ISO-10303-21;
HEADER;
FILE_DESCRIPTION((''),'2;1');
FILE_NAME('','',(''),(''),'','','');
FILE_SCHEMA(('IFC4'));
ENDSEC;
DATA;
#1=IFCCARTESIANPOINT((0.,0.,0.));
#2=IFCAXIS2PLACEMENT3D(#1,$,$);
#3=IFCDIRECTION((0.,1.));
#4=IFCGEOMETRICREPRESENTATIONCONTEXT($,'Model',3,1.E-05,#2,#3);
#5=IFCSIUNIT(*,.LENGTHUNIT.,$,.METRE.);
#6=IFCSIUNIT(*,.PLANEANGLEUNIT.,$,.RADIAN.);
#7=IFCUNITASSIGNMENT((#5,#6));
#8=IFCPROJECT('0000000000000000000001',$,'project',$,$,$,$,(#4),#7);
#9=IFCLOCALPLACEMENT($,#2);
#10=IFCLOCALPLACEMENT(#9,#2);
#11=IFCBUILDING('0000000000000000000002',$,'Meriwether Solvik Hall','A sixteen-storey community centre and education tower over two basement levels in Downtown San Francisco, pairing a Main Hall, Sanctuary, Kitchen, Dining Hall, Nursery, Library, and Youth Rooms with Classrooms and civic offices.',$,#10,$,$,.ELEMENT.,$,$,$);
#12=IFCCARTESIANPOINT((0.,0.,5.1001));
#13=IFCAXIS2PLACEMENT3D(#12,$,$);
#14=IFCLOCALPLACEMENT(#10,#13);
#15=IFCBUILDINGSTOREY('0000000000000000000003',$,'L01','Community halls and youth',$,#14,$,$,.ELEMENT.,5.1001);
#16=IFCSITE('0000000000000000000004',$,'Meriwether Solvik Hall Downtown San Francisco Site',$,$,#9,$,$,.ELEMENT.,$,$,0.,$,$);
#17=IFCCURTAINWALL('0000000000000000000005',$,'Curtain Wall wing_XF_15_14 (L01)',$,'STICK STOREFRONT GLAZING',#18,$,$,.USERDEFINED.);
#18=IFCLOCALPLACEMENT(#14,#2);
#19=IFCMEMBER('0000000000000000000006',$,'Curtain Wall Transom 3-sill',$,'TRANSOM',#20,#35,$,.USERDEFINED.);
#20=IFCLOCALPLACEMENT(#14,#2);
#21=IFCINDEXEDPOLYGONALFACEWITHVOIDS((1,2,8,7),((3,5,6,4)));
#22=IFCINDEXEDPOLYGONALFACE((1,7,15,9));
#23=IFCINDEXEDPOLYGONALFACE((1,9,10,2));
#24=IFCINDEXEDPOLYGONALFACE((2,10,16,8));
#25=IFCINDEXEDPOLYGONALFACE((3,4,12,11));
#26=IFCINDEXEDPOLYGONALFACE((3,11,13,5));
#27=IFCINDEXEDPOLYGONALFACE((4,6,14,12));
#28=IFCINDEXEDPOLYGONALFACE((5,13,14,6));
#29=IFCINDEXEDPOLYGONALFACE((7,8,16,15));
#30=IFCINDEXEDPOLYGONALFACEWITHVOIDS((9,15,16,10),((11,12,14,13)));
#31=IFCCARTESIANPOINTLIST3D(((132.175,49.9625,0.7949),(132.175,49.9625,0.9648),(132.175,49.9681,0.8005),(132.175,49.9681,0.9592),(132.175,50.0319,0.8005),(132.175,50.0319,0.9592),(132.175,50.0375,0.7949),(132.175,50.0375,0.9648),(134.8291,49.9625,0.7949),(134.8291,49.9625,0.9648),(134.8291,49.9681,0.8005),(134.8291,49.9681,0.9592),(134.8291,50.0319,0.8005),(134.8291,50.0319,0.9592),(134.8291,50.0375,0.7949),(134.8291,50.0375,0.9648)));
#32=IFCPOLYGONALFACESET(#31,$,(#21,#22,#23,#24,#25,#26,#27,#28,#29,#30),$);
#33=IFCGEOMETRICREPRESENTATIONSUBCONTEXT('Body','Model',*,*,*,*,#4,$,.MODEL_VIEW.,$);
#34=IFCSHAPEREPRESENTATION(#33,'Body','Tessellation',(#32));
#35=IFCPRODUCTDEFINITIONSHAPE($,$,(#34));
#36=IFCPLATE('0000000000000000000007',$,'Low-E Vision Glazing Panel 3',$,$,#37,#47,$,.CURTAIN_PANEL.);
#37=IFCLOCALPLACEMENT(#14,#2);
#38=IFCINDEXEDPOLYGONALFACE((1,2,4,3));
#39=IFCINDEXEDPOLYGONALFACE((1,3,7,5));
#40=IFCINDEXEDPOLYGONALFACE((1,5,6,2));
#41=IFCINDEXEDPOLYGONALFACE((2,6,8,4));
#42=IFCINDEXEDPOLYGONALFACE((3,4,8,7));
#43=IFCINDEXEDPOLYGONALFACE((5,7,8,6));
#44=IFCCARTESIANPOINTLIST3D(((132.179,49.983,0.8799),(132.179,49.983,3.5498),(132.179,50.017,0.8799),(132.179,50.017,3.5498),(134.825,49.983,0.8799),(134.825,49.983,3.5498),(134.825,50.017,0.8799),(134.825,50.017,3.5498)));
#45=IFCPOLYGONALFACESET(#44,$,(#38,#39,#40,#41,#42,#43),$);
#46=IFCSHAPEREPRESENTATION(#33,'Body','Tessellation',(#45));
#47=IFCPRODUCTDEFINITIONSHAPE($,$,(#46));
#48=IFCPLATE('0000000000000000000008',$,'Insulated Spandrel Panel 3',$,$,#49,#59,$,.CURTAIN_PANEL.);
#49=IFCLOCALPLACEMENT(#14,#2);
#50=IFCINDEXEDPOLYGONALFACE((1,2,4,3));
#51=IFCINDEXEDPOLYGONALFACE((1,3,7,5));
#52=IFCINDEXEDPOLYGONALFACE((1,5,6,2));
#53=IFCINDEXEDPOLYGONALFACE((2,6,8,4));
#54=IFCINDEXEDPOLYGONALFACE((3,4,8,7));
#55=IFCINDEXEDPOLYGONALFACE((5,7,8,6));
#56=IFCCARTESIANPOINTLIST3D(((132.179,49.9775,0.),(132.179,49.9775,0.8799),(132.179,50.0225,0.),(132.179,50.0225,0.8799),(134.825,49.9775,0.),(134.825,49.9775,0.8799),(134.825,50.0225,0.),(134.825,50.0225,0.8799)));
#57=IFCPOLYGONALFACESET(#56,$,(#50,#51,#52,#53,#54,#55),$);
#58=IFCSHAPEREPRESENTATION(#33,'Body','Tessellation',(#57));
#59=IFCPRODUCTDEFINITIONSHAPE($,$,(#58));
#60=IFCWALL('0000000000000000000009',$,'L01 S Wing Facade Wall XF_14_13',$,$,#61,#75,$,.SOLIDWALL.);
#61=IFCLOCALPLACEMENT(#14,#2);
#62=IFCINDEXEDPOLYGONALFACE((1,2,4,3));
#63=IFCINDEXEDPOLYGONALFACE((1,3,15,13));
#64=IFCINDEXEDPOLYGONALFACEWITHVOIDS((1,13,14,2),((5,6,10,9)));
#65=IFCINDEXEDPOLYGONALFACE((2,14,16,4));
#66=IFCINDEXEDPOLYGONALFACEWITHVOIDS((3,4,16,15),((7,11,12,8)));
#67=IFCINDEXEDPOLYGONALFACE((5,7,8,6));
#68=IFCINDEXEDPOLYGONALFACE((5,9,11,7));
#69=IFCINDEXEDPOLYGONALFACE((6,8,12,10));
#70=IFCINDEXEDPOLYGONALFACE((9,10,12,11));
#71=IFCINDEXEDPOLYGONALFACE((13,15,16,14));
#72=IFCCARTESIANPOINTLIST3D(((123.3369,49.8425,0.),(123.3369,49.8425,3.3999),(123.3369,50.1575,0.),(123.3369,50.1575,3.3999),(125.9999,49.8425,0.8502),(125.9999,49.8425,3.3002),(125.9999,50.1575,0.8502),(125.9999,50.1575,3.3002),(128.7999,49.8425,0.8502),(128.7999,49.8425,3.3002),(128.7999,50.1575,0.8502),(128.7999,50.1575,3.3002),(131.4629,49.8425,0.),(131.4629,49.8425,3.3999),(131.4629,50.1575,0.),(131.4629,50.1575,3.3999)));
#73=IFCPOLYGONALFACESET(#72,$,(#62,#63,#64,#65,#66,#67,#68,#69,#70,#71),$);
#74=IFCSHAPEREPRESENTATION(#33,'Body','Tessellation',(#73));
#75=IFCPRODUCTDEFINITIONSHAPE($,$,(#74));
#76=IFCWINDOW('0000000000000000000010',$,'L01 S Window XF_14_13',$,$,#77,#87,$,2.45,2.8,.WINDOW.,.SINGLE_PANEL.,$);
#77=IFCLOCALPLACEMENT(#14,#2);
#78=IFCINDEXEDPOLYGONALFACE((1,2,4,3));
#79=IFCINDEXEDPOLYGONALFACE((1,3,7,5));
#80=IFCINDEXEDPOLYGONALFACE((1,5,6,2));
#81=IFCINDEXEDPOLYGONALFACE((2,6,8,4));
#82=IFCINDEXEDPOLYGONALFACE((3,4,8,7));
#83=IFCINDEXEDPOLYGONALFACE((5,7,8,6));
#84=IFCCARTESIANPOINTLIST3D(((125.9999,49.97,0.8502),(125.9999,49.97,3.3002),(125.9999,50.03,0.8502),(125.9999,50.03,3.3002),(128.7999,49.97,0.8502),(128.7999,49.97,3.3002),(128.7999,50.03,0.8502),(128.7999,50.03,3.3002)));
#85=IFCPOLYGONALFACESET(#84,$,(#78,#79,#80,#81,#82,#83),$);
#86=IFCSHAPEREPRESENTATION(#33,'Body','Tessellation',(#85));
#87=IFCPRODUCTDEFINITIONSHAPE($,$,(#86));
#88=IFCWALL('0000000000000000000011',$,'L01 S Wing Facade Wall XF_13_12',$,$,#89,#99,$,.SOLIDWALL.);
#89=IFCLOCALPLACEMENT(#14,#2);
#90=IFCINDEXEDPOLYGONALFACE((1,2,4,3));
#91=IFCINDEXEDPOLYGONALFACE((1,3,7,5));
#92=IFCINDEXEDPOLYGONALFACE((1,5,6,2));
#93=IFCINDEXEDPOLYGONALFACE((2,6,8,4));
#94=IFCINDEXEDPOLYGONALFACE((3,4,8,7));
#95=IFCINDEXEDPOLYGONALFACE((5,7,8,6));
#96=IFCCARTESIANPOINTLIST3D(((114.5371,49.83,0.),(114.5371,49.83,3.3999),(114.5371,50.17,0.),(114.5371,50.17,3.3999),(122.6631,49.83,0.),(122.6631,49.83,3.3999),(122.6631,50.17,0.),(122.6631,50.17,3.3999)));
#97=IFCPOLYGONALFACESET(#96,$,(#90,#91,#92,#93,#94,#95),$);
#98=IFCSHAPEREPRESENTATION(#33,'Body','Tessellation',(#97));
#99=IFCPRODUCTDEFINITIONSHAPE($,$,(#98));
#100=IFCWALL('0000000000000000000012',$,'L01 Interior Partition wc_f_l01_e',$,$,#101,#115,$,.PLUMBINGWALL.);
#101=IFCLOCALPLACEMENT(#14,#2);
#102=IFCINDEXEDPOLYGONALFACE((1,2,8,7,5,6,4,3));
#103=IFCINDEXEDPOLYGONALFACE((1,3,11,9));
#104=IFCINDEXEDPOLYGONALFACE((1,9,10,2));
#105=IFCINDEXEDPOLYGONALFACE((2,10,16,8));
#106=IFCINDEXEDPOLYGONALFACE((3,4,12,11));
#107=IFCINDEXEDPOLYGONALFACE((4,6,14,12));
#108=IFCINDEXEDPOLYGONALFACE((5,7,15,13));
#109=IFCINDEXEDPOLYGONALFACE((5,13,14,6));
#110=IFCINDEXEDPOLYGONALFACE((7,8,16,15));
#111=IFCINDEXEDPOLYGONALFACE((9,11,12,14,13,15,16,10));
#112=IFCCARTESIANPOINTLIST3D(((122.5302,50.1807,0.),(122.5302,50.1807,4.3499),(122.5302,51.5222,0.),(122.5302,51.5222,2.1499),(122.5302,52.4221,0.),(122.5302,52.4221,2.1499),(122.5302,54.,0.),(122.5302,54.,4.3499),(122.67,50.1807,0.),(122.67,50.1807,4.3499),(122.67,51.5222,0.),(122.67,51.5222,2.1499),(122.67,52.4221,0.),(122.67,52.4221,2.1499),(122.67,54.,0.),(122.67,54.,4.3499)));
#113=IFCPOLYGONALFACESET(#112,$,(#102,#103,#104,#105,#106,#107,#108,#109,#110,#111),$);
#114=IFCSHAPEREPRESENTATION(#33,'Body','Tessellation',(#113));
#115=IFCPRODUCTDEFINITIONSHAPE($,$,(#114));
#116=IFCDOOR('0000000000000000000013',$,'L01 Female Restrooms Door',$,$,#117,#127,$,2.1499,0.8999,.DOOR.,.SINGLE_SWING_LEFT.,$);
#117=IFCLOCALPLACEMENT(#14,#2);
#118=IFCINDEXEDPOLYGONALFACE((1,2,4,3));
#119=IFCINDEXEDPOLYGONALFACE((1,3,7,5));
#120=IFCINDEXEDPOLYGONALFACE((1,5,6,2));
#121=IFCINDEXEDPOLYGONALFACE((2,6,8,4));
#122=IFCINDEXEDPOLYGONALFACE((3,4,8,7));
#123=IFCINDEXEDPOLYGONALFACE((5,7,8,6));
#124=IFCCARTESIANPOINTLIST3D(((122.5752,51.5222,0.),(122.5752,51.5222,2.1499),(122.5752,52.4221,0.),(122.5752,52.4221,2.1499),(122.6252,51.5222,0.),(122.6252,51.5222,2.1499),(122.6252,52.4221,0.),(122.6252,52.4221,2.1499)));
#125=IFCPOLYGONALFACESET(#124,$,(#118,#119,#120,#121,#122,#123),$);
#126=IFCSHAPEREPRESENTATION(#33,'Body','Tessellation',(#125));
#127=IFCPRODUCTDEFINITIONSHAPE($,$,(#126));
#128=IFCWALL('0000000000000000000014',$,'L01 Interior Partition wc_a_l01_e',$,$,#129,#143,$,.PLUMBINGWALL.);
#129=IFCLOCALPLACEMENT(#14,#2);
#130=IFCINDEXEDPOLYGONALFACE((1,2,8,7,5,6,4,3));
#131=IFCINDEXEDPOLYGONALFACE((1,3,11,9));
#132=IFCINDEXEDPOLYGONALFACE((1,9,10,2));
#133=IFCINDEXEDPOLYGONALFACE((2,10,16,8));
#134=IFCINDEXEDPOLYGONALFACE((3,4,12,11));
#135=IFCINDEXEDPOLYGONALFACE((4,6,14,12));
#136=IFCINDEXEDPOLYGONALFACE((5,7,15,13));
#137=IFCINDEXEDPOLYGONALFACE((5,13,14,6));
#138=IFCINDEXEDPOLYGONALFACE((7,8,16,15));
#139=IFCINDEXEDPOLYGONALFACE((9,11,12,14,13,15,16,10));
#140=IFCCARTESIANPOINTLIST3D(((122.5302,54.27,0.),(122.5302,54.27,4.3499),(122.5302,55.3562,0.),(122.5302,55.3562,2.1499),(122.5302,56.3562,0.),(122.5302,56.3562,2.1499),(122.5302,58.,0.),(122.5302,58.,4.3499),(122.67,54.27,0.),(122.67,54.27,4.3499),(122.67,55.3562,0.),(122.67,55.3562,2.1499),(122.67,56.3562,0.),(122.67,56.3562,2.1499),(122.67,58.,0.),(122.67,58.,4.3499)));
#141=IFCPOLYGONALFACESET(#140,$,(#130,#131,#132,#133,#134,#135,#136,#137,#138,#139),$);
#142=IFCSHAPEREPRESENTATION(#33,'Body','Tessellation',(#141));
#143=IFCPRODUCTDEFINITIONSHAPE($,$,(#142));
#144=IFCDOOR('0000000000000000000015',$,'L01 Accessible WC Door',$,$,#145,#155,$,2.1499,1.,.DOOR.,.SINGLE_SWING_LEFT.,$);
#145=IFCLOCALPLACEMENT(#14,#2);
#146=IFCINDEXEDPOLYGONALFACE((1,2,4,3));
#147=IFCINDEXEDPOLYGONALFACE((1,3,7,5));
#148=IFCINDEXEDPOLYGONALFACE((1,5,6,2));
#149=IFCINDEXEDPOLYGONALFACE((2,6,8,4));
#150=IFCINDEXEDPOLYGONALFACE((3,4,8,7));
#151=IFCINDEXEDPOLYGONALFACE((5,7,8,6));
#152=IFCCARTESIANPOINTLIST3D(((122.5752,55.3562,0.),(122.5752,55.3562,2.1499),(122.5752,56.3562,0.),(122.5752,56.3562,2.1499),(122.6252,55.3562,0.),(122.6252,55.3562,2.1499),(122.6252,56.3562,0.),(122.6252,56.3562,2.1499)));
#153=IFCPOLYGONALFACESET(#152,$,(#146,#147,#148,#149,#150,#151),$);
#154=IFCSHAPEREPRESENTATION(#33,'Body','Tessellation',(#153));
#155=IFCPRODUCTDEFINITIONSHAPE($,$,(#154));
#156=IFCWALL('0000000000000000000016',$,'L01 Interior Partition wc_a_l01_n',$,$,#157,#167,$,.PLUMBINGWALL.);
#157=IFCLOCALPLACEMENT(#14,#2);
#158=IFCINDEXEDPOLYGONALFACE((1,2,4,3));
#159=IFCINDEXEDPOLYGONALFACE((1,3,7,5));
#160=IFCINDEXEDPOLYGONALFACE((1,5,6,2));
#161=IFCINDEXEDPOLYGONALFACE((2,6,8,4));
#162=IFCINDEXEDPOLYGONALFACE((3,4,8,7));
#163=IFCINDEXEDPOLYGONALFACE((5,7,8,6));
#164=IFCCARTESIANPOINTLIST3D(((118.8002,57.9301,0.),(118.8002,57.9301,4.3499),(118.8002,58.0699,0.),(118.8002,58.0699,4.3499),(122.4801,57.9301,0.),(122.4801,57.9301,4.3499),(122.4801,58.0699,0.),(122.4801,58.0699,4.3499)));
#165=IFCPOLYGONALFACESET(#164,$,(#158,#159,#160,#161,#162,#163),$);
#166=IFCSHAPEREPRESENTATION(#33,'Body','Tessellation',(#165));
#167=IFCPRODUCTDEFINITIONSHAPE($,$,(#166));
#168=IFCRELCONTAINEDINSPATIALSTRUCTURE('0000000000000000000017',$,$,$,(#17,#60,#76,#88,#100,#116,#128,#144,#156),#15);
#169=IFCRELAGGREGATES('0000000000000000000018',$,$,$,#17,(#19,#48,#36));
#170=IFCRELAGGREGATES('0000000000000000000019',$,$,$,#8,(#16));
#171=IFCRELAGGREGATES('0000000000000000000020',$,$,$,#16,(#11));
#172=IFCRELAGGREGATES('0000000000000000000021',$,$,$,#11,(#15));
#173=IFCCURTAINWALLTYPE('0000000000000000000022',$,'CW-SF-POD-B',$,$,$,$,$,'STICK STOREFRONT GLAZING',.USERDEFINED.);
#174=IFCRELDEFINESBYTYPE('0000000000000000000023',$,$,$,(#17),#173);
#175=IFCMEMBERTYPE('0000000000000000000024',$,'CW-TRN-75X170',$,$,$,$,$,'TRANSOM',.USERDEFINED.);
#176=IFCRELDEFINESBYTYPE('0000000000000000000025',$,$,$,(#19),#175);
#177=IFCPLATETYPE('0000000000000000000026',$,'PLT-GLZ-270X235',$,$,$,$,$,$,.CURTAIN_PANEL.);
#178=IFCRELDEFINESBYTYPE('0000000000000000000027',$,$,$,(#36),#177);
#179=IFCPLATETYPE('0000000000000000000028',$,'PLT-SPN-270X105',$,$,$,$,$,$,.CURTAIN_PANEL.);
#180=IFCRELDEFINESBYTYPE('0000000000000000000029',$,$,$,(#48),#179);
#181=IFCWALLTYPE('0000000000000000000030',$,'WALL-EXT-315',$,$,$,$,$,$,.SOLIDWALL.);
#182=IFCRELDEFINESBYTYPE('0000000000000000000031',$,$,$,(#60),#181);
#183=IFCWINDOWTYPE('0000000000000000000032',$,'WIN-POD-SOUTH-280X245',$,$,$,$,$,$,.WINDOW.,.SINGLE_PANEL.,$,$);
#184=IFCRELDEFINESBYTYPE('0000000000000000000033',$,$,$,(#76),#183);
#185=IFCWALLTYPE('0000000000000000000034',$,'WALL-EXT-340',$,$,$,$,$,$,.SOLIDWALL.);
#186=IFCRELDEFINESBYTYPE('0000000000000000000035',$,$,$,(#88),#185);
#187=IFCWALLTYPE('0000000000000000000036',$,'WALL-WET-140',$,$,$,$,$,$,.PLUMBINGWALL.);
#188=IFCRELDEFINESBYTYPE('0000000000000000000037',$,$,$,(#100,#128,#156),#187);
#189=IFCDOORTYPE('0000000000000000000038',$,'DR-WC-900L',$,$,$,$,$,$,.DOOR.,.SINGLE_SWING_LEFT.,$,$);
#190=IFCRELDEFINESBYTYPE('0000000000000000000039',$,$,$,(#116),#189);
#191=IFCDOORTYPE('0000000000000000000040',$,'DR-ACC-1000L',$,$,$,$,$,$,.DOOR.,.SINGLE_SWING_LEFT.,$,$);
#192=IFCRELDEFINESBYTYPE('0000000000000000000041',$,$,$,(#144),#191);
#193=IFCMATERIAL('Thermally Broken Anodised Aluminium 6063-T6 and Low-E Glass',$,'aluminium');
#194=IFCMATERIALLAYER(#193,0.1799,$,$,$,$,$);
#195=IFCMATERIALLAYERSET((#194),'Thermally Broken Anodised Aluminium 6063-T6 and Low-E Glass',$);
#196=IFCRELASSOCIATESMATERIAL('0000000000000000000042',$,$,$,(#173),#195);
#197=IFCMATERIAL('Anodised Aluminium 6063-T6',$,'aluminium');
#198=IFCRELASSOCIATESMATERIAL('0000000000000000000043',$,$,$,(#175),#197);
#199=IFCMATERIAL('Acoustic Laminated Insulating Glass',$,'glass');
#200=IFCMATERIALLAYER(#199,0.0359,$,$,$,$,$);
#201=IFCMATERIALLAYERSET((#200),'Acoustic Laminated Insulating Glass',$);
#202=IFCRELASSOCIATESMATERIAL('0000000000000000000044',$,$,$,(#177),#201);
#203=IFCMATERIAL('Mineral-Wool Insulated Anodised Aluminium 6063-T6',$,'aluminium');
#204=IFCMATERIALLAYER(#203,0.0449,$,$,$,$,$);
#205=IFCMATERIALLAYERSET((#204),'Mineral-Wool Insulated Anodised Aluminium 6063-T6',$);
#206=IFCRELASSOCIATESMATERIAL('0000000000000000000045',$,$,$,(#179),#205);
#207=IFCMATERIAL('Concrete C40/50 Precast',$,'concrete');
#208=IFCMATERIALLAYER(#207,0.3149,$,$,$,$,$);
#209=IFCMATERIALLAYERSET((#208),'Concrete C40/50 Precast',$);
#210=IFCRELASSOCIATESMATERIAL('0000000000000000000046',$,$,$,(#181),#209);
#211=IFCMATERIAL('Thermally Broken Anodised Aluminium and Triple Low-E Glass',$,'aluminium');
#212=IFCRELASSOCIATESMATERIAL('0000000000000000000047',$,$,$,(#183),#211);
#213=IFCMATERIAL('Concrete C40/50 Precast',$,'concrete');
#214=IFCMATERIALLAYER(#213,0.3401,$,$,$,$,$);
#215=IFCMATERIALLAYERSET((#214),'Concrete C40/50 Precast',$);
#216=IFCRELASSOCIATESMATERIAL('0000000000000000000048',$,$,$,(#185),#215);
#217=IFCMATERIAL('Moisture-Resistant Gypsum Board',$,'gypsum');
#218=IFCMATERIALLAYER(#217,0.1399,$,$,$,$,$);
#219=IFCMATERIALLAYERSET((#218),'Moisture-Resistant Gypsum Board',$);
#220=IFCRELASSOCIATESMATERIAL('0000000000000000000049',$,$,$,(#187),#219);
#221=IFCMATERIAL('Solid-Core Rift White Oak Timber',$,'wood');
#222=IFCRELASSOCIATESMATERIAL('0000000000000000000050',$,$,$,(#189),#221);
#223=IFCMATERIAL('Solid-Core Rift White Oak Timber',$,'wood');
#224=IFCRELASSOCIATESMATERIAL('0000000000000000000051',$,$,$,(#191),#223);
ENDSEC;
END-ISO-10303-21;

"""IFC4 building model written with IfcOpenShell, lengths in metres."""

from ifc_helpers import new_model, si_unit, direction, frame, frame_2d, origin, origin_2d, place, context, subcontext, project, spatial, rectangle, hollow_rectangle, extrude, material, layer, layer_set, material_profile, profile_set, type_object, element, fill, aggregate, save


model = new_model("IFC4")

# Units and contexts
model_context = context("Model", 3, precision=1e-05, world=origin(), true_north=direction((0.0, 1.0)))
body_context = subcontext(model_context, "Body", "Model", "MODEL_VIEW")
ifc_project = project(units=[si_unit("LENGTHUNIT", "METRE"), si_unit("PLANEANGLEUNIT", "RADIAN")], contexts=[model_context])

# Site, building, storey
site_placement = place(None, origin())
site = spatial("IfcSite", under=ifc_project, at=site_placement, Name="Meriwether Solvik Hall Downtown San Francisco Site", CompositionType="ELEMENT", RefElevation=0.0)
building_placement = place(site_placement, origin())
building = spatial("IfcBuilding", under=site, at=building_placement, Name="Meriwether Solvik Hall", Description="A sixteen-storey community centre and education tower over two basement levels in Downtown San Francisco, pairing a Main Hall, Sanctuary, Kitchen, Dining Hall, Nursery, Library, and Youth Rooms with Classrooms and civic offices.", CompositionType="ELEMENT")
storey_placement = place(building_placement, frame((0.0, 0.0, 5.1001)))
storey = spatial("IfcBuildingStorey", under=building, at=storey_placement, Name="L01", Description="Community halls and youth", CompositionType="ELEMENT", Elevation=5.1001)

# Curtain wall, member, plates
ifc_material_1 = material(Name="Thermally Broken Anodised Aluminium 6063-T6 and Low-E Glass", Category="aluminium")
ifc_layer_1 = layer(ifc_material_1, 0.1799)
ifc_layer_set_1 = layer_set([ifc_layer_1], Name="Thermally Broken Anodised Aluminium 6063-T6 and Low-E Glass")
curtain_wall_type = type_object("IfcCurtainWallType", Name="CW-SF-POD-B", ElementType="STICK STOREFRONT GLAZING", PredefinedType="USERDEFINED", material=ifc_layer_set_1)
curtain_wall_placement = place(storey_placement, origin())
curtain_wall = element("IfcCurtainWall", 1, at=curtain_wall_placement, inside=storey, type_object=curtain_wall_type, Name="Curtain Wall wing_XF_15_14 (L01)", ObjectType="STICK STOREFRONT GLAZING", PredefinedType="USERDEFINED")
ifc_material_2 = material(Name="Anodised Aluminium 6063-T6", Category="aluminium")
ifc_material_profile_1 = material_profile(ifc_material_2, hollow_rectangle(XDim=0.075, YDim=0.1699, WallThickness=0.0056, at=origin_2d()), Name="CWT-75X170")
ifc_profile_set_1 = profile_set([ifc_material_profile_1], Name="Anodised Aluminium 6063-T6")
member_type_1 = type_object("IfcMemberType", Name="CW-TRN-75X170", ElementType="TRANSOM", PredefinedType="USERDEFINED", material=ifc_profile_set_1)
member_1_placement = place(storey_placement, frame((134.8291, 50.0, 0.8799), z_axis=(-1.0, 0.0, 0.0), x_axis=(0.0, -1.0, 0.0)))
member_1 = element("IfcMember", 2, at=member_1_placement, type_object=member_type_1, Name="Curtain Wall Transom 3-sill", ObjectType="TRANSOM", PredefinedType="USERDEFINED", context=body_context, shape_type="SweptSolid", body=[
    extrude(hollow_rectangle(XDim=0.075, YDim=0.1699, WallThickness=0.0056, at=origin_2d()), origin(), (0.0, 0.0, 1.0), 2.6541),
])
ifc_material_3 = material(Name="Acoustic Laminated Insulating Glass", Category="glass")
ifc_layer_2 = layer(ifc_material_3, 0.0359)
ifc_layer_set_2 = layer_set([ifc_layer_2], Name="Acoustic Laminated Insulating Glass")
plate_type_1 = type_object("IfcPlateType", Name="PLT-GLZ-270X235", PredefinedType="CURTAIN_PANEL", material=ifc_layer_set_2)
plate_1_placement = place(storey_placement, frame((133.502, 50.0, 0.8799), z_axis=(0.0, 0.0, 1.0), x_axis=(-1.0, 0.0, 0.0)))
plate_1 = element("IfcPlate", 3, at=plate_1_placement, type_object=plate_type_1, Name="Low-E Vision Glazing Panel 3", PredefinedType="CURTAIN_PANEL", context=body_context, shape_type="SweptSolid", body=[
    extrude(rectangle(XDim=2.646, YDim=0.0339, at=origin_2d()), origin(), (0.0, 0.0, 1.0), 2.6699),
])
ifc_material_4 = material(Name="Mineral-Wool Insulated Anodised Aluminium 6063-T6", Category="aluminium")
ifc_layer_3 = layer(ifc_material_4, 0.0449)
ifc_layer_set_3 = layer_set([ifc_layer_3], Name="Mineral-Wool Insulated Anodised Aluminium 6063-T6")
plate_type_2 = type_object("IfcPlateType", Name="PLT-SPN-270X105", PredefinedType="CURTAIN_PANEL", material=ifc_layer_set_3)
plate_2_placement = place(storey_placement, frame((133.502, 50.0, 0.0), z_axis=(0.0, 0.0, 1.0), x_axis=(-1.0, 0.0, 0.0)))
plate_2 = element("IfcPlate", 4, at=plate_2_placement, type_object=plate_type_2, Name="Insulated Spandrel Panel 3", PredefinedType="CURTAIN_PANEL", context=body_context, shape_type="SweptSolid", body=[
    extrude(rectangle(XDim=2.646, YDim=0.0449, at=origin_2d()), origin(), (0.0, 0.0, 1.0), 0.8799),
])
aggregate(curtain_wall, [member_1, plate_2, plate_1])

# Wall, opening, window
ifc_material_5 = material(Name="Concrete C40/50 Precast", Category="concrete")
ifc_layer_4 = layer(ifc_material_5, 0.3149)
ifc_layer_set_4 = layer_set([ifc_layer_4], Name="Concrete C40/50 Precast")
wall_type_1 = type_object("IfcWallType", Name="WALL-EXT-315", PredefinedType="SOLIDWALL", material=ifc_layer_set_4)
wall_1_placement = place(storey_placement, frame((131.4629, 50.0, 0.0), z_axis=(0.0, 0.0, 1.0), x_axis=(-1.0, 0.0, 0.0)))
wall_1 = element("IfcWall", 5, at=wall_1_placement, inside=storey, type_object=wall_type_1, Name="L01 S Wing Facade Wall XF_14_13", PredefinedType="SOLIDWALL", context=body_context, shape_type="SweptSolid", body=[
    extrude(rectangle(XDim=8.126, YDim=0.3149, at=frame_2d((4.063, 0.0))), origin(), (0.0, 0.0, 1.0), 3.3999),
])
opening_1_placement = place(wall_1_placement, frame((2.6631, 0.0, 0.8501)))
opening_1 = element("IfcOpeningElement", 6, at=opening_1_placement, cuts=wall_1, PredefinedType="OPENING", context=body_context, shape_type="SweptSolid", body=[
    extrude(rectangle(XDim=2.8, YDim=2.45, at=frame_2d((1.3999, 1.2251))), frame((0.0, 0.1694, 0.0), z_axis=(0.0, -1.0, 0.0), x_axis=(1.0, 0.0, 0.0)), (0.0, 0.0, 1.0), 0.3389),
])
ifc_material_6 = material(Name="Thermally Broken Anodised Aluminium and Triple Low-E Glass", Category="aluminium")
window_type = type_object("IfcWindowType", Name="WIN-POD-SOUTH-280X245", PartitioningType="SINGLE_PANEL", PredefinedType="WINDOW", material=ifc_material_6)
window_placement = place(opening_1_placement, origin())
window = element("IfcWindow", 7, at=window_placement, inside=storey, type_object=window_type, Name="L01 S Window XF_14_13", OverallHeight=2.45, OverallWidth=2.8, PartitioningType="SINGLE_PANEL", PredefinedType="WINDOW", context=body_context, shape_type="SweptSolid", body=[
    extrude(rectangle(XDim=2.8, YDim=2.45, at=frame_2d((1.3999, 1.2251))), frame((0.0, 0.03, 0.0), z_axis=(0.0, -1.0, 0.0), x_axis=(1.0, 0.0, 0.0)), (0.0, 0.0, 1.0), 0.0601),
])
fill(opening_1, window)

# Wall
ifc_material_7 = material(Name="Concrete C40/50 Precast", Category="concrete")
ifc_layer_5 = layer(ifc_material_7, 0.3401)
ifc_layer_set_5 = layer_set([ifc_layer_5], Name="Concrete C40/50 Precast")
wall_type_2 = type_object("IfcWallType", Name="WALL-EXT-340", PredefinedType="SOLIDWALL", material=ifc_layer_set_5)
wall_2_placement = place(storey_placement, frame((122.6631, 50.0, 0.0), z_axis=(0.0, 0.0, 1.0), x_axis=(-1.0, 0.0, 0.0)))
element("IfcWall", 8, at=wall_2_placement, inside=storey, type_object=wall_type_2, Name="L01 S Wing Facade Wall XF_13_12", PredefinedType="SOLIDWALL", context=body_context, shape_type="SweptSolid", body=[
    extrude(rectangle(XDim=8.126, YDim=0.3401, at=frame_2d((4.063, 0.0))), origin(), (0.0, 0.0, 1.0), 3.3999),
])

# Walls, openings, doors
ifc_material_8 = material(Name="Moisture-Resistant Gypsum Board", Category="gypsum")
ifc_layer_6 = layer(ifc_material_8, 0.1399)
ifc_layer_set_6 = layer_set([ifc_layer_6], Name="Moisture-Resistant Gypsum Board")
wall_type_3 = type_object("IfcWallType", Name="WALL-WET-140", PredefinedType="PLUMBINGWALL", material=ifc_layer_set_6)
wall_3_placement = place(storey_placement, frame((122.6001, 50.1807, 0.0), z_axis=(0.0, 0.0, 1.0), x_axis=(0.0, 1.0, 0.0)))
wall_3 = element("IfcWall", 9, at=wall_3_placement, inside=storey, type_object=wall_type_3, Name="L01 Interior Partition wc_f_l01_e", PredefinedType="PLUMBINGWALL", context=body_context, shape_type="SweptSolid", body=[
    extrude(rectangle(XDim=3.8193, YDim=0.1399, at=frame_2d((1.9097, 0.0))), origin(), (0.0, 0.0, 1.0), 4.3499),
])
opening_2_placement = place(wall_3_placement, frame((1.3416, 0.0, 0.0)))
opening_2 = element("IfcOpeningElement", 10, at=opening_2_placement, cuts=wall_3, PredefinedType="OPENING", context=body_context, shape_type="SweptSolid", body=[
    extrude(rectangle(XDim=0.8999, YDim=2.1499, at=frame_2d((0.45, 1.075))), frame((0.0, 0.082, 0.0), z_axis=(0.0, -1.0, 0.0), x_axis=(1.0, 0.0, 0.0)), (0.0, 0.0, 1.0), 0.1638),
])
ifc_material_9 = material(Name="Solid-Core Rift White Oak Timber", Category="wood")
door_type_1 = type_object("IfcDoorType", Name="DR-WC-900L", OperationType="SINGLE_SWING_LEFT", PredefinedType="DOOR", material=ifc_material_9)
door_1_placement = place(opening_2_placement, origin())
door_1 = element("IfcDoor", 11, at=door_1_placement, inside=storey, type_object=door_type_1, Name="L01 Female Restrooms Door", OperationType="SINGLE_SWING_LEFT", OverallHeight=2.1499, OverallWidth=0.8999, PredefinedType="DOOR", context=body_context, shape_type="SweptSolid", body=[
    extrude(rectangle(XDim=0.8999, YDim=2.1499, at=frame_2d((0.45, 1.075))), frame((0.0, 0.0249, 0.0), z_axis=(0.0, -1.0, 0.0), x_axis=(1.0, 0.0, 0.0)), (0.0, 0.0, 1.0), 0.05),
])
fill(opening_2, door_1)
wall_4_placement = place(storey_placement, frame((122.6001, 54.27, 0.0), z_axis=(0.0, 0.0, 1.0), x_axis=(0.0, 1.0, 0.0)))
wall_4 = element("IfcWall", 12, at=wall_4_placement, inside=storey, type_object=wall_type_3, Name="L01 Interior Partition wc_a_l01_e", PredefinedType="PLUMBINGWALL", context=body_context, shape_type="SweptSolid", body=[
    extrude(rectangle(XDim=3.73, YDim=0.1399, at=frame_2d((1.865, 0.0))), origin(), (0.0, 0.0, 1.0), 4.3499),
])
opening_3_placement = place(wall_4_placement, frame((1.0862, 0.0, 0.0)))
opening_3 = element("IfcOpeningElement", 13, at=opening_3_placement, cuts=wall_4, PredefinedType="OPENING", context=body_context, shape_type="SweptSolid", body=[
    extrude(rectangle(XDim=1.0, YDim=2.1499, at=frame_2d((0.5, 1.075))), frame((0.0, 0.082, 0.0), z_axis=(0.0, -1.0, 0.0), x_axis=(1.0, 0.0, 0.0)), (0.0, 0.0, 1.0), 0.1638),
])
ifc_material_10 = material(Name="Solid-Core Rift White Oak Timber", Category="wood")
door_type_2 = type_object("IfcDoorType", Name="DR-ACC-1000L", OperationType="SINGLE_SWING_LEFT", PredefinedType="DOOR", material=ifc_material_10)
door_2_placement = place(opening_3_placement, origin())
door_2 = element("IfcDoor", 14, at=door_2_placement, inside=storey, type_object=door_type_2, Name="L01 Accessible WC Door", OperationType="SINGLE_SWING_LEFT", OverallHeight=2.1499, OverallWidth=1.0, PredefinedType="DOOR", context=body_context, shape_type="SweptSolid", body=[
    extrude(rectangle(XDim=1.0, YDim=2.1499, at=frame_2d((0.5, 1.075))), frame((0.0, 0.0249, 0.0), z_axis=(0.0, -1.0, 0.0), x_axis=(1.0, 0.0, 0.0)), (0.0, 0.0, 1.0), 0.05),
])
fill(opening_3, door_2)

# Wall
wall_5_placement = place(storey_placement, frame((122.48, 58.0, 0.0), z_axis=(0.0, 0.0, 1.0), x_axis=(-1.0, 0.0, 0.0)))
element("IfcWall", 15, at=wall_5_placement, inside=storey, type_object=wall_type_3, Name="L01 Interior Partition wc_a_l01_n", PredefinedType="PLUMBINGWALL", context=body_context, shape_type="SweptSolid", body=[
    extrude(rectangle(XDim=3.6799, YDim=0.1399, at=frame_2d((1.8398, 0.0))), origin(), (0.0, 0.0, 1.0), 4.3499),
])

save(model, "model.ifc")
